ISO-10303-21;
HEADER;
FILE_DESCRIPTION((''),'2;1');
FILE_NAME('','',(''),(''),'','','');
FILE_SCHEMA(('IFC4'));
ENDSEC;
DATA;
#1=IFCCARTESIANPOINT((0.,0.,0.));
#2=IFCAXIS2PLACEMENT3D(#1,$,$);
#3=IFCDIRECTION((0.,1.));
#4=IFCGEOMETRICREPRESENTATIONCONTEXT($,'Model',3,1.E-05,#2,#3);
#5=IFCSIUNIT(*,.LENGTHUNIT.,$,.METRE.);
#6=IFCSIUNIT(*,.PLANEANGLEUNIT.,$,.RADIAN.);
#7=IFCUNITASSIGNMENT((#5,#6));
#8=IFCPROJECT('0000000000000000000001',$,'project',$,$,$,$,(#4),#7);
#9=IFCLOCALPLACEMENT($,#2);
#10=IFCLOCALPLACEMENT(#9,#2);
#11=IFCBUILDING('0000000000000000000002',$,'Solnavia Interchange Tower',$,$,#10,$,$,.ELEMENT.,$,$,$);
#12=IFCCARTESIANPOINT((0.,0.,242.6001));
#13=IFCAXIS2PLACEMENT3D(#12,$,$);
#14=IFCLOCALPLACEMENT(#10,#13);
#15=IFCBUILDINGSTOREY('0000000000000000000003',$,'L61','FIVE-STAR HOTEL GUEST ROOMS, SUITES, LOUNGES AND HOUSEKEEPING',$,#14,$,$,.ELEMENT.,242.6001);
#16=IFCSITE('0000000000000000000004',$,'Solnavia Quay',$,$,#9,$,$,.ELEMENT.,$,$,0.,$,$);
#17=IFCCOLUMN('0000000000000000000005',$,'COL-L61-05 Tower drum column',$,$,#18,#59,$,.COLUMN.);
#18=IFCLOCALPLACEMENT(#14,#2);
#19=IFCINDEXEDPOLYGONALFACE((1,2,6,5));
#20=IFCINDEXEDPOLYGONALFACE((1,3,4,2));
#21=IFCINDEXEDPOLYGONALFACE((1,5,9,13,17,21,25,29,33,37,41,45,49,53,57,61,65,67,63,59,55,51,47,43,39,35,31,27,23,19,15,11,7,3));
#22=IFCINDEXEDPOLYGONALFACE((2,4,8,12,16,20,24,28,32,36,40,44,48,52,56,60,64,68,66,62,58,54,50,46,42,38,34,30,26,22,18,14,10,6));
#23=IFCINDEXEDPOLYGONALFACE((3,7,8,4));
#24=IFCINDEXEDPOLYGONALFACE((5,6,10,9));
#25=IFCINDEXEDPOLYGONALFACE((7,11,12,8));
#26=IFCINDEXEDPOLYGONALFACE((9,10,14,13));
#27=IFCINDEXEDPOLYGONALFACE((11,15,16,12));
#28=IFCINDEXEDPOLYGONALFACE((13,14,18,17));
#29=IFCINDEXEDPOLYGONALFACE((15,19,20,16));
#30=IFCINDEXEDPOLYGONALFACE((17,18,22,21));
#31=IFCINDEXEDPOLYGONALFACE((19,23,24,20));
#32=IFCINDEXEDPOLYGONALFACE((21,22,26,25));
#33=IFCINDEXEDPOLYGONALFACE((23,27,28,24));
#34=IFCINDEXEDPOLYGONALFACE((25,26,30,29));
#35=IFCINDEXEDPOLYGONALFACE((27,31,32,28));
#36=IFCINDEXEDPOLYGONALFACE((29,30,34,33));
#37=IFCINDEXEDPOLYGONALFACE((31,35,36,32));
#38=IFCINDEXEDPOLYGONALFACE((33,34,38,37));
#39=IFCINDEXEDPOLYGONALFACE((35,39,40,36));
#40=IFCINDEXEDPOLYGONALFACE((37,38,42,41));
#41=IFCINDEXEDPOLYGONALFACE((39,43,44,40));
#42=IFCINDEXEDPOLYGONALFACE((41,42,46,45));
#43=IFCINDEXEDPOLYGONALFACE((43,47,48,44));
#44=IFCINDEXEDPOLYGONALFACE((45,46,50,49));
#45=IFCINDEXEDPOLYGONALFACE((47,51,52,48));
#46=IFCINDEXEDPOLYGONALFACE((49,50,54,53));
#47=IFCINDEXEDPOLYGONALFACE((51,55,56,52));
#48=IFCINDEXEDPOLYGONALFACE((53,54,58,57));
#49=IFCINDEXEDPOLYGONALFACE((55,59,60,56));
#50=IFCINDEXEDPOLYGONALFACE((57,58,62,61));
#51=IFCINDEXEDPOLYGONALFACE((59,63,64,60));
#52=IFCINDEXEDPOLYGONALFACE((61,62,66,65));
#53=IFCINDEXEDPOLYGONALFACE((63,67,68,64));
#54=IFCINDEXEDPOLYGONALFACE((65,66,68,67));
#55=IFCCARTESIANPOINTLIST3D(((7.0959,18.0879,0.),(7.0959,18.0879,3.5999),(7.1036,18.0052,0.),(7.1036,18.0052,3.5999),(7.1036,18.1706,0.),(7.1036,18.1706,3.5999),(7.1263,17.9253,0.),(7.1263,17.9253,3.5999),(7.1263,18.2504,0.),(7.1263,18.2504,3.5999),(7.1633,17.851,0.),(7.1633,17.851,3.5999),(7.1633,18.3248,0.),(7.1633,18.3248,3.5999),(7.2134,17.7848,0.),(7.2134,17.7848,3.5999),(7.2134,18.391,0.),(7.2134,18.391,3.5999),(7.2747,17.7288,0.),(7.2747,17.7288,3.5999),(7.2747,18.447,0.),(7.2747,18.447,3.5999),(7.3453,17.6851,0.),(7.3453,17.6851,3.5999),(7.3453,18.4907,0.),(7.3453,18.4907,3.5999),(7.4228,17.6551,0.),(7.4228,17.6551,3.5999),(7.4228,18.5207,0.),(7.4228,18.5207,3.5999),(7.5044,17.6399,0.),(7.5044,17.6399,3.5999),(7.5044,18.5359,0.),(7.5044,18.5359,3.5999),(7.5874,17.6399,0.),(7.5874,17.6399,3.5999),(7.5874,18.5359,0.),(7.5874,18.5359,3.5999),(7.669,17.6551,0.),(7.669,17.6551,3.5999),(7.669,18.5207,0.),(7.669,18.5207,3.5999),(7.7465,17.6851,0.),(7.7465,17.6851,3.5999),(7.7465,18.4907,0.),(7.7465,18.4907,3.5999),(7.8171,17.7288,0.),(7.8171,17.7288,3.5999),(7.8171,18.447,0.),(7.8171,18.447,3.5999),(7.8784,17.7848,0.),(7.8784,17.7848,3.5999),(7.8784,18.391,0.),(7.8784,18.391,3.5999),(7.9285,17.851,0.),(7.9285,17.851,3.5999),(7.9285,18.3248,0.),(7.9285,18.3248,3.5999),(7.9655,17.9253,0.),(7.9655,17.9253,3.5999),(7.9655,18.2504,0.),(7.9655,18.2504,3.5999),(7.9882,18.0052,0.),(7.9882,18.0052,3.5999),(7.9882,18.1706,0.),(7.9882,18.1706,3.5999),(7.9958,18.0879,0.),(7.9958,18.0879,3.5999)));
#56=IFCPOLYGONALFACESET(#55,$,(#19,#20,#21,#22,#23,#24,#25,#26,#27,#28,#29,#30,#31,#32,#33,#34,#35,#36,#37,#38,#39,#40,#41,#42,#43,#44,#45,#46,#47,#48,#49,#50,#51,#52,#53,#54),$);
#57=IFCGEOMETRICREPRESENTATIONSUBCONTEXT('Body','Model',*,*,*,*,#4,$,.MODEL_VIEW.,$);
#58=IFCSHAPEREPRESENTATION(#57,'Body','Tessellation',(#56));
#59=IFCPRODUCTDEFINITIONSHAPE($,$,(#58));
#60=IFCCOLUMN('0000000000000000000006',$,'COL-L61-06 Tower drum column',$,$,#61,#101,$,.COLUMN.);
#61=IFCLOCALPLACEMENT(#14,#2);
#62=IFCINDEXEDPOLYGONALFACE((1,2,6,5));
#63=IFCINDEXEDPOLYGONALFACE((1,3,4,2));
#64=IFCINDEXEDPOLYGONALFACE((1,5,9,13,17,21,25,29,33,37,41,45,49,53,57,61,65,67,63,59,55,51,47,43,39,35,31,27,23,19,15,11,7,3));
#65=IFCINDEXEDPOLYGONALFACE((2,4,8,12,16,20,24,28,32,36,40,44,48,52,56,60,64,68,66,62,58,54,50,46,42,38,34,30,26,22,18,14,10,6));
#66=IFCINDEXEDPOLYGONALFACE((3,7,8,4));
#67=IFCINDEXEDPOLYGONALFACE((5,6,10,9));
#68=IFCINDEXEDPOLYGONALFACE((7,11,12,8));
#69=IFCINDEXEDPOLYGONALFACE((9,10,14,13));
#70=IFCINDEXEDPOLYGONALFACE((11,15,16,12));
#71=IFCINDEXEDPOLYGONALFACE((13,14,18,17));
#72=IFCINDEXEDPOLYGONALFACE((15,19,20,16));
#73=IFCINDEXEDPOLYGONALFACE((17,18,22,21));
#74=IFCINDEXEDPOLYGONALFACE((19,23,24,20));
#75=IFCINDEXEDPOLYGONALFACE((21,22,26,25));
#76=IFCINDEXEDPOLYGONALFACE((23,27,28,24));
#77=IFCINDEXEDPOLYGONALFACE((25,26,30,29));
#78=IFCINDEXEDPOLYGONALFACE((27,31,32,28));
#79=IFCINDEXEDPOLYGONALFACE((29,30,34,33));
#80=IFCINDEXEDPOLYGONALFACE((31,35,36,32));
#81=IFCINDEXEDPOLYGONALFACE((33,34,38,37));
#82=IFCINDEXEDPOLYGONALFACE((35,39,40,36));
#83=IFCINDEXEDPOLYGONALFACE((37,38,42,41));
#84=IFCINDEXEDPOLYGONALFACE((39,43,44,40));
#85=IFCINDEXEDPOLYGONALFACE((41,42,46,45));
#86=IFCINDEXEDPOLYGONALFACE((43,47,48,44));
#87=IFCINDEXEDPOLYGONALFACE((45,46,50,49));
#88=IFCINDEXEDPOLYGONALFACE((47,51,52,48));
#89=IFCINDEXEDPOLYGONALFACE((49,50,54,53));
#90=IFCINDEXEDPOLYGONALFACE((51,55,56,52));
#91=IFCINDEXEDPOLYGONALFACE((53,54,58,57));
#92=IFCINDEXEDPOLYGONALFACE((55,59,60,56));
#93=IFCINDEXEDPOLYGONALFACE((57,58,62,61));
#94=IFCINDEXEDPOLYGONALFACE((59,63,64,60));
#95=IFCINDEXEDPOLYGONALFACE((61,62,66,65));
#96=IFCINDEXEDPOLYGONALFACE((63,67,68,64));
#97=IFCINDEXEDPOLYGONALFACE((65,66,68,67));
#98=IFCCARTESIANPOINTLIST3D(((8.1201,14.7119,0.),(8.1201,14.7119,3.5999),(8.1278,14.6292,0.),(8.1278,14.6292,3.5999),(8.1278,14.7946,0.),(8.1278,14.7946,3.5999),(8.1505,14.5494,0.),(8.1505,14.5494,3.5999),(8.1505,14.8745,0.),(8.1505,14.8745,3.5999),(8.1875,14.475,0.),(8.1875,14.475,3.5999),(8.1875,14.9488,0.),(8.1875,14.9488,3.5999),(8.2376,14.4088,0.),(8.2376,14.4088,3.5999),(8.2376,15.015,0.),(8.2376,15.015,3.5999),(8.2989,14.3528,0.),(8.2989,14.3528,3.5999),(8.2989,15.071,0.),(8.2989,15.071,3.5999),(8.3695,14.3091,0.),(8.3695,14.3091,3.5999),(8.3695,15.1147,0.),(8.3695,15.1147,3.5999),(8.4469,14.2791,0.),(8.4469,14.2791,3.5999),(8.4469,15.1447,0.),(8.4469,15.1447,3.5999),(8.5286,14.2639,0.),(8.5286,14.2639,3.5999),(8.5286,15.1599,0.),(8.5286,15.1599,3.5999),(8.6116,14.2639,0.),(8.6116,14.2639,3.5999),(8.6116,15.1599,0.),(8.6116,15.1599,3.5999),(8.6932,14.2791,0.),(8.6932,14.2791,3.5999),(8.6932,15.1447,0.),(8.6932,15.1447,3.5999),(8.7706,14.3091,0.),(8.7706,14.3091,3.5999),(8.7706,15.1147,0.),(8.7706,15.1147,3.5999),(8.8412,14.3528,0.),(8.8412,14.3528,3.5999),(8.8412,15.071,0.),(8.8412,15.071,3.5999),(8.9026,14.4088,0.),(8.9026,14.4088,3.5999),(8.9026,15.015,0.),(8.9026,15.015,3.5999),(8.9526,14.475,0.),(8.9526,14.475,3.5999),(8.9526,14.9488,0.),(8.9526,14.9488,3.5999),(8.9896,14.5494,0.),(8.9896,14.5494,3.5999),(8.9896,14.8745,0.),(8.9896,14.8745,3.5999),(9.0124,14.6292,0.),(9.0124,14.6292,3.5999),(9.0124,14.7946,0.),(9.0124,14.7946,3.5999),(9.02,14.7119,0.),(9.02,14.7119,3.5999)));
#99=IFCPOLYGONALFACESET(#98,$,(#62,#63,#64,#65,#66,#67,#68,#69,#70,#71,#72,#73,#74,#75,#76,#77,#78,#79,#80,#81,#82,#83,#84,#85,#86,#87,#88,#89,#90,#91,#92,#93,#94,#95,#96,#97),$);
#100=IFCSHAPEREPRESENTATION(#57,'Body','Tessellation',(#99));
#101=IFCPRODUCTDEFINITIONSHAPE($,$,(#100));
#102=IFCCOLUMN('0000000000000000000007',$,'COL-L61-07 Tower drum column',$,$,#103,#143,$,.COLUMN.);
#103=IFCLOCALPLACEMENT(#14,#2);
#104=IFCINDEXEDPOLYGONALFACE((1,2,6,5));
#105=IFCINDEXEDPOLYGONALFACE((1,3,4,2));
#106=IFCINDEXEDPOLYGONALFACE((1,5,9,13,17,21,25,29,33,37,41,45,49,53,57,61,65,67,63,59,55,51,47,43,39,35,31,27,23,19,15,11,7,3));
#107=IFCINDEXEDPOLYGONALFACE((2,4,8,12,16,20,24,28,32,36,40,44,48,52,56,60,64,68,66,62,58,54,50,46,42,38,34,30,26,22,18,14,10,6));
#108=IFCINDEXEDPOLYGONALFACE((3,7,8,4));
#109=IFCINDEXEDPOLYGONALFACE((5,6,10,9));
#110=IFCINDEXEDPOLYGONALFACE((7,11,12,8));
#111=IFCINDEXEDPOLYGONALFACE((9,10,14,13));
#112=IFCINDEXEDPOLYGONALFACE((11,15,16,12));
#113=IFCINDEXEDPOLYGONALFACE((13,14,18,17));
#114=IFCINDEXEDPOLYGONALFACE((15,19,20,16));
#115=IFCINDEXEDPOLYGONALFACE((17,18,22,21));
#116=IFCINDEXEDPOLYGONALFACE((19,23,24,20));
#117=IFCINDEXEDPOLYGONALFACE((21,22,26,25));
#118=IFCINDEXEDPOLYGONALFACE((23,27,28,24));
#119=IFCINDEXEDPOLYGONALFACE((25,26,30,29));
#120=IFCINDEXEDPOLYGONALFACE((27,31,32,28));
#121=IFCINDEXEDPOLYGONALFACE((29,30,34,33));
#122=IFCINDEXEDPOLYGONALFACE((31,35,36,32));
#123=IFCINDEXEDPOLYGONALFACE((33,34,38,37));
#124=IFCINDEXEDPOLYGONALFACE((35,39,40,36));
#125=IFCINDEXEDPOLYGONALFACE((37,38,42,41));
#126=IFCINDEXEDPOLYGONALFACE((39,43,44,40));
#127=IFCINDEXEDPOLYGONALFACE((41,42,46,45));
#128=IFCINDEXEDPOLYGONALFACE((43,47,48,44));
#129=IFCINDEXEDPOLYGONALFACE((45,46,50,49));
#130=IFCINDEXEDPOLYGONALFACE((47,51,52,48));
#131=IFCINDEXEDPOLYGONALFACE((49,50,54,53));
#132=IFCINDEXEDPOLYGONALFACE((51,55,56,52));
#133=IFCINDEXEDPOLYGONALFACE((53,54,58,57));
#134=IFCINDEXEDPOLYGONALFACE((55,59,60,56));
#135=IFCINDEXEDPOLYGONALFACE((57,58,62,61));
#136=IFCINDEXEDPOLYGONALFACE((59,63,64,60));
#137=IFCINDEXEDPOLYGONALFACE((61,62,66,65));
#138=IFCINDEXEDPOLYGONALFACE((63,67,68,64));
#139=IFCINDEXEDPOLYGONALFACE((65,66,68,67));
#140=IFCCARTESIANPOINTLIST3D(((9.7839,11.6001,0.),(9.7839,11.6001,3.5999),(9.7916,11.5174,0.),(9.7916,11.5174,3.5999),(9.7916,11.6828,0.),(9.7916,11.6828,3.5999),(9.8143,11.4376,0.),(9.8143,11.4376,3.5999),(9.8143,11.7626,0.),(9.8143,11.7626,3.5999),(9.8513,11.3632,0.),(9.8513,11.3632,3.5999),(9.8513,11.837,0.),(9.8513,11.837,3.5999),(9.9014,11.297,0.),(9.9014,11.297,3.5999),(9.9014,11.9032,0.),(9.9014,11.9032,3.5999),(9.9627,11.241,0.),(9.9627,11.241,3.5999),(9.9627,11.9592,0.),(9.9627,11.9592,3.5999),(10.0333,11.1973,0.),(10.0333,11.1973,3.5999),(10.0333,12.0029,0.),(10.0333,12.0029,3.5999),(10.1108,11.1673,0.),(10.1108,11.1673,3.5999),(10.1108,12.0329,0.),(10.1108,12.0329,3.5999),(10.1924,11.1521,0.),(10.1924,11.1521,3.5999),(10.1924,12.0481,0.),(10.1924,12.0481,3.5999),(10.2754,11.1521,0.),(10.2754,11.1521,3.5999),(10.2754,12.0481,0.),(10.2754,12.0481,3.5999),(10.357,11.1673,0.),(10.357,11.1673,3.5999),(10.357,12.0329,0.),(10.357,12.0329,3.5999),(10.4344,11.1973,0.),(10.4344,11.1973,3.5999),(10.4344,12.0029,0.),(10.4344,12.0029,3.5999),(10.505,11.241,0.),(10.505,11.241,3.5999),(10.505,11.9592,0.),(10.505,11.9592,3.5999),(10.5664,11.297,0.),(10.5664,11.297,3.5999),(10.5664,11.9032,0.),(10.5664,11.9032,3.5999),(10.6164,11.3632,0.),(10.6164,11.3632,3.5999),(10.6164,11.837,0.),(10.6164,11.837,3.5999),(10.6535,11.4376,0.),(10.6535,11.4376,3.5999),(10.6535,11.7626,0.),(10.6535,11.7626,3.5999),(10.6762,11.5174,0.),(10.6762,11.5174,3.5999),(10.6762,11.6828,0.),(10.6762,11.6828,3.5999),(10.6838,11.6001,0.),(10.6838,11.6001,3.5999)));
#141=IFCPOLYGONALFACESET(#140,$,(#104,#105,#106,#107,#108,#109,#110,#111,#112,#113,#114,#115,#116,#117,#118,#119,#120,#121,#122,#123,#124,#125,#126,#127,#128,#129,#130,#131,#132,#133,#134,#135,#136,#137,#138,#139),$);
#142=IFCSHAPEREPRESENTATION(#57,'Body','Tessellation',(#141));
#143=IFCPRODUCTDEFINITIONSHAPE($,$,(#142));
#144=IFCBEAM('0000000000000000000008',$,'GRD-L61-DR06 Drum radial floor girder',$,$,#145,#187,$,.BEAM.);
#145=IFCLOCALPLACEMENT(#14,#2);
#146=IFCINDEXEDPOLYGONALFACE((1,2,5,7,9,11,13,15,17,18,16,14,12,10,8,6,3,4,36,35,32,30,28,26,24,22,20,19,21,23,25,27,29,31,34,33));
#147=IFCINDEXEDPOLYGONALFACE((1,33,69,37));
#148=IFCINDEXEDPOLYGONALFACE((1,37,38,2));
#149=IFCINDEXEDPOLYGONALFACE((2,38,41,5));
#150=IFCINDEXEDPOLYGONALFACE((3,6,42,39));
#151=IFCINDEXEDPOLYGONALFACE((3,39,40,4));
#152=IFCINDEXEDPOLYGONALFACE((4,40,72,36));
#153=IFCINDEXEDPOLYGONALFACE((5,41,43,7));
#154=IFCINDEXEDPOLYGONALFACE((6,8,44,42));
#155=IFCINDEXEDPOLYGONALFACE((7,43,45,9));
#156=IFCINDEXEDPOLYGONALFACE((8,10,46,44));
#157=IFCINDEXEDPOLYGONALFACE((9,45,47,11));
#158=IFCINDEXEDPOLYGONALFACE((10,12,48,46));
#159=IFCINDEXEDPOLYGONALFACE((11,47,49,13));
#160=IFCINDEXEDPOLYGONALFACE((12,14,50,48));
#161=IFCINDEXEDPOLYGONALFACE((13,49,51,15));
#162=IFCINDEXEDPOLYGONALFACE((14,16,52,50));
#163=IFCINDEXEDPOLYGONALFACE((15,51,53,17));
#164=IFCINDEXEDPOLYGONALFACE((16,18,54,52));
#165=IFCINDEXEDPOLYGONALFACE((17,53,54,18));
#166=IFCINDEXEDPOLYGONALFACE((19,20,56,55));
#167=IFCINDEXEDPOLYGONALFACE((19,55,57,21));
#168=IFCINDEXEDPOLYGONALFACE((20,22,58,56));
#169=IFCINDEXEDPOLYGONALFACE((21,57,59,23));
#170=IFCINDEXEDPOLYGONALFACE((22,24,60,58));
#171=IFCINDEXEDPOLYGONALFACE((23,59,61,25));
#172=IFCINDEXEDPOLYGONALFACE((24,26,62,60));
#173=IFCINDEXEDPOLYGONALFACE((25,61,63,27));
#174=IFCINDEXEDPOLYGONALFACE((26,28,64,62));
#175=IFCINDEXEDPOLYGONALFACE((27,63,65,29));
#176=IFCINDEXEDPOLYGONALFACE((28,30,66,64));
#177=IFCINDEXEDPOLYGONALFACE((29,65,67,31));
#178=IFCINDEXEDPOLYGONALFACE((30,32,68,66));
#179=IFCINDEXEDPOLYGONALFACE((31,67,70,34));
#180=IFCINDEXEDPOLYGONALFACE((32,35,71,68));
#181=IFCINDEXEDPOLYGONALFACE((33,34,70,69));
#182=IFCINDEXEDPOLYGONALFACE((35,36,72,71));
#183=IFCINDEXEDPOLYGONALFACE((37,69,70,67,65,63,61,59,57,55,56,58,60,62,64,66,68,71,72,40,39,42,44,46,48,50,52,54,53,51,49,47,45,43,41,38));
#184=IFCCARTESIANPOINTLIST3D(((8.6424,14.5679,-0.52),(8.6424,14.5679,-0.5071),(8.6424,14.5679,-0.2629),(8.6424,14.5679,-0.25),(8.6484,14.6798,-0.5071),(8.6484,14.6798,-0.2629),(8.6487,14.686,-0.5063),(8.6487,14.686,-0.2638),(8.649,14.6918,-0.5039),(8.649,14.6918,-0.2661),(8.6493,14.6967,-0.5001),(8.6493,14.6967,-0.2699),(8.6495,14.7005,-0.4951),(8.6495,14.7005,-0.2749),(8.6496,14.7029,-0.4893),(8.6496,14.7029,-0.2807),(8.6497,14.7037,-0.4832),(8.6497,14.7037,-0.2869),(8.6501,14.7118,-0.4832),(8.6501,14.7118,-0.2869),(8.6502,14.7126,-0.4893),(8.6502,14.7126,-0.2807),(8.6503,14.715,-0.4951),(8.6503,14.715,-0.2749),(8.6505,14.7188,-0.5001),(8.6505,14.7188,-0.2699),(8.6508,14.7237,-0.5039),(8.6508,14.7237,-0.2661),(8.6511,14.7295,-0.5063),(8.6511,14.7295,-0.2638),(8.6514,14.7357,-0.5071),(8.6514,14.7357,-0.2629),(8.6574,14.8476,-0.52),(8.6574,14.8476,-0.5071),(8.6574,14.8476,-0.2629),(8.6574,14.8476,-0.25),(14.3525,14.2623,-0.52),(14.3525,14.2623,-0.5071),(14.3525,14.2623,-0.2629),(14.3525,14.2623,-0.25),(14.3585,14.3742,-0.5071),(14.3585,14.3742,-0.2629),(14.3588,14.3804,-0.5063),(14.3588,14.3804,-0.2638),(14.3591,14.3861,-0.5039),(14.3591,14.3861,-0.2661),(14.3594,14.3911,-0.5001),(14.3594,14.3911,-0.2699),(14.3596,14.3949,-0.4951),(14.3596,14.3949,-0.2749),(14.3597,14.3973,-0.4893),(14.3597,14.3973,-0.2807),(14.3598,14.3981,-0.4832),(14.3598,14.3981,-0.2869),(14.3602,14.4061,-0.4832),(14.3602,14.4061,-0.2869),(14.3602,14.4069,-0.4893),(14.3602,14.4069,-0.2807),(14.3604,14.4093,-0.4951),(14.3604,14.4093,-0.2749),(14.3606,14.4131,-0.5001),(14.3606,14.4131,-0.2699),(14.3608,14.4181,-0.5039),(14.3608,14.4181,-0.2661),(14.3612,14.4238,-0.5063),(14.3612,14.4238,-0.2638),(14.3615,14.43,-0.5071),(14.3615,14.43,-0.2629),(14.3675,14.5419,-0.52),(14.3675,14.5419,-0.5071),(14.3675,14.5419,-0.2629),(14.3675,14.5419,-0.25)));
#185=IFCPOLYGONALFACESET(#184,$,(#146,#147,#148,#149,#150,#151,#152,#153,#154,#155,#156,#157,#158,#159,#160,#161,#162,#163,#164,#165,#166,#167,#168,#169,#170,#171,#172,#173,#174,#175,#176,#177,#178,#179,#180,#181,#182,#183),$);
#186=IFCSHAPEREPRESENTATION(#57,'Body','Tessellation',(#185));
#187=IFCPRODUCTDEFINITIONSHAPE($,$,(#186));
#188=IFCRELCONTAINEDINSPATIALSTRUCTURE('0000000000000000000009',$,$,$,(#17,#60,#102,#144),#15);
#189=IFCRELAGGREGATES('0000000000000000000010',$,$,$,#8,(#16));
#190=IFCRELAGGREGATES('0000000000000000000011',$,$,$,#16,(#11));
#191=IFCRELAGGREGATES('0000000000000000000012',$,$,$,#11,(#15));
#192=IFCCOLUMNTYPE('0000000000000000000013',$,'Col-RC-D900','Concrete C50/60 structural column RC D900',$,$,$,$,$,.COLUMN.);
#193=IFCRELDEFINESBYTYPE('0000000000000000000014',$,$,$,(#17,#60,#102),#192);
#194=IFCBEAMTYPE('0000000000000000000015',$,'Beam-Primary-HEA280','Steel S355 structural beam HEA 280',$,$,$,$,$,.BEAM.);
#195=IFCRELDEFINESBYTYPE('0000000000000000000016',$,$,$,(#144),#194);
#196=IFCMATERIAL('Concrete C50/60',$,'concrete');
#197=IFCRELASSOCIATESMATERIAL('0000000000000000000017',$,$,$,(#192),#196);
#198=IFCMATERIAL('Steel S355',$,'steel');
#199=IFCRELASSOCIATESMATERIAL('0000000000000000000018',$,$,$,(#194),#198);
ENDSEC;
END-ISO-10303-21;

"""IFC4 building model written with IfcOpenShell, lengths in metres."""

from ifc_helpers import new_model, si_unit, direction, frame, origin, origin_2d, place, context, subcontext, project, spatial, circle, i_section, extrude, material, material_profile, profile_set, type_object, element, save


model = new_model("IFC4")

# Units and contexts
model_context = context("Model", 3, precision=1e-05, world=origin(), true_north=direction((0.0, 1.0)))
body_context = subcontext(model_context, "Body", "Model", "MODEL_VIEW")
ifc_project = project(units=[si_unit("LENGTHUNIT", "METRE"), si_unit("PLANEANGLEUNIT", "RADIAN")], contexts=[model_context])

# Site, building, storey
site_placement = place(None, origin())
site = spatial("IfcSite", under=ifc_project, at=site_placement, Name="Solnavia Quay", CompositionType="ELEMENT", RefElevation=0.0)
building_placement = place(site_placement, origin())
building = spatial("IfcBuilding", under=site, at=building_placement, Name="Solnavia Interchange Tower", CompositionType="ELEMENT")
storey_placement = place(building_placement, frame((0.0, 0.0, 242.6001)))
storey = spatial("IfcBuildingStorey", under=building, at=storey_placement, Name="L61", Description="FIVE-STAR HOTEL GUEST ROOMS, SUITES, LOUNGES AND HOUSEKEEPING", CompositionType="ELEMENT", Elevation=242.6001)

# Columns
ifc_material_1 = material(Name="Concrete C50/60", Category="concrete")
ifc_material_profile_1 = material_profile(ifc_material_1, circle(Radius=0.45, at=origin_2d()), Name="RC D900")
ifc_profile_set_1 = profile_set([ifc_material_profile_1], Name="Concrete C50/60")
column_type = type_object("IfcColumnType", Name="Col-RC-D900", Description="Concrete C50/60 structural column RC D900", PredefinedType="COLUMN", material=ifc_profile_set_1)
for number, where, z_axis, x_axis, name in (
    (1, (7.5459, 18.0879, 0.0), (0.0, 0.0, 1.0), (1.0, 0.0, 0.0), "COL-L61-05 Tower drum column"),
    (2, (8.5701, 14.7119, 0.0), (0.0, 0.0, 1.0), (1.0, 0.0, 0.0), "COL-L61-06 Tower drum column"),
    (3, (10.2339, 11.6001, 0.0), (0.0, 0.0, 1.0), (1.0, 0.0, 0.0), "COL-L61-07 Tower drum column"),
):
    element("IfcColumn", number, at=place(storey_placement, frame(where, z_axis=z_axis, x_axis=x_axis)), inside=storey, type_object=column_type, Name=name, PredefinedType="COLUMN", context=body_context, shape_type="SweptSolid", body=[
        extrude(circle(Radius=0.45, at=origin_2d()), origin(), (0.0, 0.0, 1.0), 3.5999),
    ])

# Beam
ifc_material_2 = material(Name="Steel S355", Category="steel")
ifc_material_profile_2 = material_profile(ifc_material_2, i_section(OverallWidth=0.28, OverallDepth=0.27, WebThickness=0.0081, FlangeThickness=0.0129, FilletRadius=0.0239, at=origin_2d()), Name="HEA 280")
ifc_profile_set_2 = profile_set([ifc_material_profile_2], Name="Steel S355")
beam_type_1 = type_object("IfcBeamType", Name="Beam-Primary-HEA280", Description="Steel S355 structural beam HEA 280", PredefinedType="BEAM", material=ifc_profile_set_2)
beam_1_placement = place(storey_placement, frame((8.6499, 14.7078, -0.385), z_axis=(0.99857, -0.053453, 0.0), x_axis=(0.053453, 0.99857, 0.0)))
element("IfcBeam", 4, at=beam_1_placement, inside=storey, type_object=beam_type_1, Name="GRD-L61-DR06 Drum radial floor girder", PredefinedType="BEAM", context=body_context, shape_type="SweptSolid", body=[
    extrude(i_section(OverallWidth=0.28, OverallDepth=0.27, WebThickness=0.0081, FlangeThickness=0.0129, FilletRadius=0.0239, at=origin_2d()), origin(), (0.0, 0.0, 1.0), 5.7183),
])

save(model, "model.ifc")
